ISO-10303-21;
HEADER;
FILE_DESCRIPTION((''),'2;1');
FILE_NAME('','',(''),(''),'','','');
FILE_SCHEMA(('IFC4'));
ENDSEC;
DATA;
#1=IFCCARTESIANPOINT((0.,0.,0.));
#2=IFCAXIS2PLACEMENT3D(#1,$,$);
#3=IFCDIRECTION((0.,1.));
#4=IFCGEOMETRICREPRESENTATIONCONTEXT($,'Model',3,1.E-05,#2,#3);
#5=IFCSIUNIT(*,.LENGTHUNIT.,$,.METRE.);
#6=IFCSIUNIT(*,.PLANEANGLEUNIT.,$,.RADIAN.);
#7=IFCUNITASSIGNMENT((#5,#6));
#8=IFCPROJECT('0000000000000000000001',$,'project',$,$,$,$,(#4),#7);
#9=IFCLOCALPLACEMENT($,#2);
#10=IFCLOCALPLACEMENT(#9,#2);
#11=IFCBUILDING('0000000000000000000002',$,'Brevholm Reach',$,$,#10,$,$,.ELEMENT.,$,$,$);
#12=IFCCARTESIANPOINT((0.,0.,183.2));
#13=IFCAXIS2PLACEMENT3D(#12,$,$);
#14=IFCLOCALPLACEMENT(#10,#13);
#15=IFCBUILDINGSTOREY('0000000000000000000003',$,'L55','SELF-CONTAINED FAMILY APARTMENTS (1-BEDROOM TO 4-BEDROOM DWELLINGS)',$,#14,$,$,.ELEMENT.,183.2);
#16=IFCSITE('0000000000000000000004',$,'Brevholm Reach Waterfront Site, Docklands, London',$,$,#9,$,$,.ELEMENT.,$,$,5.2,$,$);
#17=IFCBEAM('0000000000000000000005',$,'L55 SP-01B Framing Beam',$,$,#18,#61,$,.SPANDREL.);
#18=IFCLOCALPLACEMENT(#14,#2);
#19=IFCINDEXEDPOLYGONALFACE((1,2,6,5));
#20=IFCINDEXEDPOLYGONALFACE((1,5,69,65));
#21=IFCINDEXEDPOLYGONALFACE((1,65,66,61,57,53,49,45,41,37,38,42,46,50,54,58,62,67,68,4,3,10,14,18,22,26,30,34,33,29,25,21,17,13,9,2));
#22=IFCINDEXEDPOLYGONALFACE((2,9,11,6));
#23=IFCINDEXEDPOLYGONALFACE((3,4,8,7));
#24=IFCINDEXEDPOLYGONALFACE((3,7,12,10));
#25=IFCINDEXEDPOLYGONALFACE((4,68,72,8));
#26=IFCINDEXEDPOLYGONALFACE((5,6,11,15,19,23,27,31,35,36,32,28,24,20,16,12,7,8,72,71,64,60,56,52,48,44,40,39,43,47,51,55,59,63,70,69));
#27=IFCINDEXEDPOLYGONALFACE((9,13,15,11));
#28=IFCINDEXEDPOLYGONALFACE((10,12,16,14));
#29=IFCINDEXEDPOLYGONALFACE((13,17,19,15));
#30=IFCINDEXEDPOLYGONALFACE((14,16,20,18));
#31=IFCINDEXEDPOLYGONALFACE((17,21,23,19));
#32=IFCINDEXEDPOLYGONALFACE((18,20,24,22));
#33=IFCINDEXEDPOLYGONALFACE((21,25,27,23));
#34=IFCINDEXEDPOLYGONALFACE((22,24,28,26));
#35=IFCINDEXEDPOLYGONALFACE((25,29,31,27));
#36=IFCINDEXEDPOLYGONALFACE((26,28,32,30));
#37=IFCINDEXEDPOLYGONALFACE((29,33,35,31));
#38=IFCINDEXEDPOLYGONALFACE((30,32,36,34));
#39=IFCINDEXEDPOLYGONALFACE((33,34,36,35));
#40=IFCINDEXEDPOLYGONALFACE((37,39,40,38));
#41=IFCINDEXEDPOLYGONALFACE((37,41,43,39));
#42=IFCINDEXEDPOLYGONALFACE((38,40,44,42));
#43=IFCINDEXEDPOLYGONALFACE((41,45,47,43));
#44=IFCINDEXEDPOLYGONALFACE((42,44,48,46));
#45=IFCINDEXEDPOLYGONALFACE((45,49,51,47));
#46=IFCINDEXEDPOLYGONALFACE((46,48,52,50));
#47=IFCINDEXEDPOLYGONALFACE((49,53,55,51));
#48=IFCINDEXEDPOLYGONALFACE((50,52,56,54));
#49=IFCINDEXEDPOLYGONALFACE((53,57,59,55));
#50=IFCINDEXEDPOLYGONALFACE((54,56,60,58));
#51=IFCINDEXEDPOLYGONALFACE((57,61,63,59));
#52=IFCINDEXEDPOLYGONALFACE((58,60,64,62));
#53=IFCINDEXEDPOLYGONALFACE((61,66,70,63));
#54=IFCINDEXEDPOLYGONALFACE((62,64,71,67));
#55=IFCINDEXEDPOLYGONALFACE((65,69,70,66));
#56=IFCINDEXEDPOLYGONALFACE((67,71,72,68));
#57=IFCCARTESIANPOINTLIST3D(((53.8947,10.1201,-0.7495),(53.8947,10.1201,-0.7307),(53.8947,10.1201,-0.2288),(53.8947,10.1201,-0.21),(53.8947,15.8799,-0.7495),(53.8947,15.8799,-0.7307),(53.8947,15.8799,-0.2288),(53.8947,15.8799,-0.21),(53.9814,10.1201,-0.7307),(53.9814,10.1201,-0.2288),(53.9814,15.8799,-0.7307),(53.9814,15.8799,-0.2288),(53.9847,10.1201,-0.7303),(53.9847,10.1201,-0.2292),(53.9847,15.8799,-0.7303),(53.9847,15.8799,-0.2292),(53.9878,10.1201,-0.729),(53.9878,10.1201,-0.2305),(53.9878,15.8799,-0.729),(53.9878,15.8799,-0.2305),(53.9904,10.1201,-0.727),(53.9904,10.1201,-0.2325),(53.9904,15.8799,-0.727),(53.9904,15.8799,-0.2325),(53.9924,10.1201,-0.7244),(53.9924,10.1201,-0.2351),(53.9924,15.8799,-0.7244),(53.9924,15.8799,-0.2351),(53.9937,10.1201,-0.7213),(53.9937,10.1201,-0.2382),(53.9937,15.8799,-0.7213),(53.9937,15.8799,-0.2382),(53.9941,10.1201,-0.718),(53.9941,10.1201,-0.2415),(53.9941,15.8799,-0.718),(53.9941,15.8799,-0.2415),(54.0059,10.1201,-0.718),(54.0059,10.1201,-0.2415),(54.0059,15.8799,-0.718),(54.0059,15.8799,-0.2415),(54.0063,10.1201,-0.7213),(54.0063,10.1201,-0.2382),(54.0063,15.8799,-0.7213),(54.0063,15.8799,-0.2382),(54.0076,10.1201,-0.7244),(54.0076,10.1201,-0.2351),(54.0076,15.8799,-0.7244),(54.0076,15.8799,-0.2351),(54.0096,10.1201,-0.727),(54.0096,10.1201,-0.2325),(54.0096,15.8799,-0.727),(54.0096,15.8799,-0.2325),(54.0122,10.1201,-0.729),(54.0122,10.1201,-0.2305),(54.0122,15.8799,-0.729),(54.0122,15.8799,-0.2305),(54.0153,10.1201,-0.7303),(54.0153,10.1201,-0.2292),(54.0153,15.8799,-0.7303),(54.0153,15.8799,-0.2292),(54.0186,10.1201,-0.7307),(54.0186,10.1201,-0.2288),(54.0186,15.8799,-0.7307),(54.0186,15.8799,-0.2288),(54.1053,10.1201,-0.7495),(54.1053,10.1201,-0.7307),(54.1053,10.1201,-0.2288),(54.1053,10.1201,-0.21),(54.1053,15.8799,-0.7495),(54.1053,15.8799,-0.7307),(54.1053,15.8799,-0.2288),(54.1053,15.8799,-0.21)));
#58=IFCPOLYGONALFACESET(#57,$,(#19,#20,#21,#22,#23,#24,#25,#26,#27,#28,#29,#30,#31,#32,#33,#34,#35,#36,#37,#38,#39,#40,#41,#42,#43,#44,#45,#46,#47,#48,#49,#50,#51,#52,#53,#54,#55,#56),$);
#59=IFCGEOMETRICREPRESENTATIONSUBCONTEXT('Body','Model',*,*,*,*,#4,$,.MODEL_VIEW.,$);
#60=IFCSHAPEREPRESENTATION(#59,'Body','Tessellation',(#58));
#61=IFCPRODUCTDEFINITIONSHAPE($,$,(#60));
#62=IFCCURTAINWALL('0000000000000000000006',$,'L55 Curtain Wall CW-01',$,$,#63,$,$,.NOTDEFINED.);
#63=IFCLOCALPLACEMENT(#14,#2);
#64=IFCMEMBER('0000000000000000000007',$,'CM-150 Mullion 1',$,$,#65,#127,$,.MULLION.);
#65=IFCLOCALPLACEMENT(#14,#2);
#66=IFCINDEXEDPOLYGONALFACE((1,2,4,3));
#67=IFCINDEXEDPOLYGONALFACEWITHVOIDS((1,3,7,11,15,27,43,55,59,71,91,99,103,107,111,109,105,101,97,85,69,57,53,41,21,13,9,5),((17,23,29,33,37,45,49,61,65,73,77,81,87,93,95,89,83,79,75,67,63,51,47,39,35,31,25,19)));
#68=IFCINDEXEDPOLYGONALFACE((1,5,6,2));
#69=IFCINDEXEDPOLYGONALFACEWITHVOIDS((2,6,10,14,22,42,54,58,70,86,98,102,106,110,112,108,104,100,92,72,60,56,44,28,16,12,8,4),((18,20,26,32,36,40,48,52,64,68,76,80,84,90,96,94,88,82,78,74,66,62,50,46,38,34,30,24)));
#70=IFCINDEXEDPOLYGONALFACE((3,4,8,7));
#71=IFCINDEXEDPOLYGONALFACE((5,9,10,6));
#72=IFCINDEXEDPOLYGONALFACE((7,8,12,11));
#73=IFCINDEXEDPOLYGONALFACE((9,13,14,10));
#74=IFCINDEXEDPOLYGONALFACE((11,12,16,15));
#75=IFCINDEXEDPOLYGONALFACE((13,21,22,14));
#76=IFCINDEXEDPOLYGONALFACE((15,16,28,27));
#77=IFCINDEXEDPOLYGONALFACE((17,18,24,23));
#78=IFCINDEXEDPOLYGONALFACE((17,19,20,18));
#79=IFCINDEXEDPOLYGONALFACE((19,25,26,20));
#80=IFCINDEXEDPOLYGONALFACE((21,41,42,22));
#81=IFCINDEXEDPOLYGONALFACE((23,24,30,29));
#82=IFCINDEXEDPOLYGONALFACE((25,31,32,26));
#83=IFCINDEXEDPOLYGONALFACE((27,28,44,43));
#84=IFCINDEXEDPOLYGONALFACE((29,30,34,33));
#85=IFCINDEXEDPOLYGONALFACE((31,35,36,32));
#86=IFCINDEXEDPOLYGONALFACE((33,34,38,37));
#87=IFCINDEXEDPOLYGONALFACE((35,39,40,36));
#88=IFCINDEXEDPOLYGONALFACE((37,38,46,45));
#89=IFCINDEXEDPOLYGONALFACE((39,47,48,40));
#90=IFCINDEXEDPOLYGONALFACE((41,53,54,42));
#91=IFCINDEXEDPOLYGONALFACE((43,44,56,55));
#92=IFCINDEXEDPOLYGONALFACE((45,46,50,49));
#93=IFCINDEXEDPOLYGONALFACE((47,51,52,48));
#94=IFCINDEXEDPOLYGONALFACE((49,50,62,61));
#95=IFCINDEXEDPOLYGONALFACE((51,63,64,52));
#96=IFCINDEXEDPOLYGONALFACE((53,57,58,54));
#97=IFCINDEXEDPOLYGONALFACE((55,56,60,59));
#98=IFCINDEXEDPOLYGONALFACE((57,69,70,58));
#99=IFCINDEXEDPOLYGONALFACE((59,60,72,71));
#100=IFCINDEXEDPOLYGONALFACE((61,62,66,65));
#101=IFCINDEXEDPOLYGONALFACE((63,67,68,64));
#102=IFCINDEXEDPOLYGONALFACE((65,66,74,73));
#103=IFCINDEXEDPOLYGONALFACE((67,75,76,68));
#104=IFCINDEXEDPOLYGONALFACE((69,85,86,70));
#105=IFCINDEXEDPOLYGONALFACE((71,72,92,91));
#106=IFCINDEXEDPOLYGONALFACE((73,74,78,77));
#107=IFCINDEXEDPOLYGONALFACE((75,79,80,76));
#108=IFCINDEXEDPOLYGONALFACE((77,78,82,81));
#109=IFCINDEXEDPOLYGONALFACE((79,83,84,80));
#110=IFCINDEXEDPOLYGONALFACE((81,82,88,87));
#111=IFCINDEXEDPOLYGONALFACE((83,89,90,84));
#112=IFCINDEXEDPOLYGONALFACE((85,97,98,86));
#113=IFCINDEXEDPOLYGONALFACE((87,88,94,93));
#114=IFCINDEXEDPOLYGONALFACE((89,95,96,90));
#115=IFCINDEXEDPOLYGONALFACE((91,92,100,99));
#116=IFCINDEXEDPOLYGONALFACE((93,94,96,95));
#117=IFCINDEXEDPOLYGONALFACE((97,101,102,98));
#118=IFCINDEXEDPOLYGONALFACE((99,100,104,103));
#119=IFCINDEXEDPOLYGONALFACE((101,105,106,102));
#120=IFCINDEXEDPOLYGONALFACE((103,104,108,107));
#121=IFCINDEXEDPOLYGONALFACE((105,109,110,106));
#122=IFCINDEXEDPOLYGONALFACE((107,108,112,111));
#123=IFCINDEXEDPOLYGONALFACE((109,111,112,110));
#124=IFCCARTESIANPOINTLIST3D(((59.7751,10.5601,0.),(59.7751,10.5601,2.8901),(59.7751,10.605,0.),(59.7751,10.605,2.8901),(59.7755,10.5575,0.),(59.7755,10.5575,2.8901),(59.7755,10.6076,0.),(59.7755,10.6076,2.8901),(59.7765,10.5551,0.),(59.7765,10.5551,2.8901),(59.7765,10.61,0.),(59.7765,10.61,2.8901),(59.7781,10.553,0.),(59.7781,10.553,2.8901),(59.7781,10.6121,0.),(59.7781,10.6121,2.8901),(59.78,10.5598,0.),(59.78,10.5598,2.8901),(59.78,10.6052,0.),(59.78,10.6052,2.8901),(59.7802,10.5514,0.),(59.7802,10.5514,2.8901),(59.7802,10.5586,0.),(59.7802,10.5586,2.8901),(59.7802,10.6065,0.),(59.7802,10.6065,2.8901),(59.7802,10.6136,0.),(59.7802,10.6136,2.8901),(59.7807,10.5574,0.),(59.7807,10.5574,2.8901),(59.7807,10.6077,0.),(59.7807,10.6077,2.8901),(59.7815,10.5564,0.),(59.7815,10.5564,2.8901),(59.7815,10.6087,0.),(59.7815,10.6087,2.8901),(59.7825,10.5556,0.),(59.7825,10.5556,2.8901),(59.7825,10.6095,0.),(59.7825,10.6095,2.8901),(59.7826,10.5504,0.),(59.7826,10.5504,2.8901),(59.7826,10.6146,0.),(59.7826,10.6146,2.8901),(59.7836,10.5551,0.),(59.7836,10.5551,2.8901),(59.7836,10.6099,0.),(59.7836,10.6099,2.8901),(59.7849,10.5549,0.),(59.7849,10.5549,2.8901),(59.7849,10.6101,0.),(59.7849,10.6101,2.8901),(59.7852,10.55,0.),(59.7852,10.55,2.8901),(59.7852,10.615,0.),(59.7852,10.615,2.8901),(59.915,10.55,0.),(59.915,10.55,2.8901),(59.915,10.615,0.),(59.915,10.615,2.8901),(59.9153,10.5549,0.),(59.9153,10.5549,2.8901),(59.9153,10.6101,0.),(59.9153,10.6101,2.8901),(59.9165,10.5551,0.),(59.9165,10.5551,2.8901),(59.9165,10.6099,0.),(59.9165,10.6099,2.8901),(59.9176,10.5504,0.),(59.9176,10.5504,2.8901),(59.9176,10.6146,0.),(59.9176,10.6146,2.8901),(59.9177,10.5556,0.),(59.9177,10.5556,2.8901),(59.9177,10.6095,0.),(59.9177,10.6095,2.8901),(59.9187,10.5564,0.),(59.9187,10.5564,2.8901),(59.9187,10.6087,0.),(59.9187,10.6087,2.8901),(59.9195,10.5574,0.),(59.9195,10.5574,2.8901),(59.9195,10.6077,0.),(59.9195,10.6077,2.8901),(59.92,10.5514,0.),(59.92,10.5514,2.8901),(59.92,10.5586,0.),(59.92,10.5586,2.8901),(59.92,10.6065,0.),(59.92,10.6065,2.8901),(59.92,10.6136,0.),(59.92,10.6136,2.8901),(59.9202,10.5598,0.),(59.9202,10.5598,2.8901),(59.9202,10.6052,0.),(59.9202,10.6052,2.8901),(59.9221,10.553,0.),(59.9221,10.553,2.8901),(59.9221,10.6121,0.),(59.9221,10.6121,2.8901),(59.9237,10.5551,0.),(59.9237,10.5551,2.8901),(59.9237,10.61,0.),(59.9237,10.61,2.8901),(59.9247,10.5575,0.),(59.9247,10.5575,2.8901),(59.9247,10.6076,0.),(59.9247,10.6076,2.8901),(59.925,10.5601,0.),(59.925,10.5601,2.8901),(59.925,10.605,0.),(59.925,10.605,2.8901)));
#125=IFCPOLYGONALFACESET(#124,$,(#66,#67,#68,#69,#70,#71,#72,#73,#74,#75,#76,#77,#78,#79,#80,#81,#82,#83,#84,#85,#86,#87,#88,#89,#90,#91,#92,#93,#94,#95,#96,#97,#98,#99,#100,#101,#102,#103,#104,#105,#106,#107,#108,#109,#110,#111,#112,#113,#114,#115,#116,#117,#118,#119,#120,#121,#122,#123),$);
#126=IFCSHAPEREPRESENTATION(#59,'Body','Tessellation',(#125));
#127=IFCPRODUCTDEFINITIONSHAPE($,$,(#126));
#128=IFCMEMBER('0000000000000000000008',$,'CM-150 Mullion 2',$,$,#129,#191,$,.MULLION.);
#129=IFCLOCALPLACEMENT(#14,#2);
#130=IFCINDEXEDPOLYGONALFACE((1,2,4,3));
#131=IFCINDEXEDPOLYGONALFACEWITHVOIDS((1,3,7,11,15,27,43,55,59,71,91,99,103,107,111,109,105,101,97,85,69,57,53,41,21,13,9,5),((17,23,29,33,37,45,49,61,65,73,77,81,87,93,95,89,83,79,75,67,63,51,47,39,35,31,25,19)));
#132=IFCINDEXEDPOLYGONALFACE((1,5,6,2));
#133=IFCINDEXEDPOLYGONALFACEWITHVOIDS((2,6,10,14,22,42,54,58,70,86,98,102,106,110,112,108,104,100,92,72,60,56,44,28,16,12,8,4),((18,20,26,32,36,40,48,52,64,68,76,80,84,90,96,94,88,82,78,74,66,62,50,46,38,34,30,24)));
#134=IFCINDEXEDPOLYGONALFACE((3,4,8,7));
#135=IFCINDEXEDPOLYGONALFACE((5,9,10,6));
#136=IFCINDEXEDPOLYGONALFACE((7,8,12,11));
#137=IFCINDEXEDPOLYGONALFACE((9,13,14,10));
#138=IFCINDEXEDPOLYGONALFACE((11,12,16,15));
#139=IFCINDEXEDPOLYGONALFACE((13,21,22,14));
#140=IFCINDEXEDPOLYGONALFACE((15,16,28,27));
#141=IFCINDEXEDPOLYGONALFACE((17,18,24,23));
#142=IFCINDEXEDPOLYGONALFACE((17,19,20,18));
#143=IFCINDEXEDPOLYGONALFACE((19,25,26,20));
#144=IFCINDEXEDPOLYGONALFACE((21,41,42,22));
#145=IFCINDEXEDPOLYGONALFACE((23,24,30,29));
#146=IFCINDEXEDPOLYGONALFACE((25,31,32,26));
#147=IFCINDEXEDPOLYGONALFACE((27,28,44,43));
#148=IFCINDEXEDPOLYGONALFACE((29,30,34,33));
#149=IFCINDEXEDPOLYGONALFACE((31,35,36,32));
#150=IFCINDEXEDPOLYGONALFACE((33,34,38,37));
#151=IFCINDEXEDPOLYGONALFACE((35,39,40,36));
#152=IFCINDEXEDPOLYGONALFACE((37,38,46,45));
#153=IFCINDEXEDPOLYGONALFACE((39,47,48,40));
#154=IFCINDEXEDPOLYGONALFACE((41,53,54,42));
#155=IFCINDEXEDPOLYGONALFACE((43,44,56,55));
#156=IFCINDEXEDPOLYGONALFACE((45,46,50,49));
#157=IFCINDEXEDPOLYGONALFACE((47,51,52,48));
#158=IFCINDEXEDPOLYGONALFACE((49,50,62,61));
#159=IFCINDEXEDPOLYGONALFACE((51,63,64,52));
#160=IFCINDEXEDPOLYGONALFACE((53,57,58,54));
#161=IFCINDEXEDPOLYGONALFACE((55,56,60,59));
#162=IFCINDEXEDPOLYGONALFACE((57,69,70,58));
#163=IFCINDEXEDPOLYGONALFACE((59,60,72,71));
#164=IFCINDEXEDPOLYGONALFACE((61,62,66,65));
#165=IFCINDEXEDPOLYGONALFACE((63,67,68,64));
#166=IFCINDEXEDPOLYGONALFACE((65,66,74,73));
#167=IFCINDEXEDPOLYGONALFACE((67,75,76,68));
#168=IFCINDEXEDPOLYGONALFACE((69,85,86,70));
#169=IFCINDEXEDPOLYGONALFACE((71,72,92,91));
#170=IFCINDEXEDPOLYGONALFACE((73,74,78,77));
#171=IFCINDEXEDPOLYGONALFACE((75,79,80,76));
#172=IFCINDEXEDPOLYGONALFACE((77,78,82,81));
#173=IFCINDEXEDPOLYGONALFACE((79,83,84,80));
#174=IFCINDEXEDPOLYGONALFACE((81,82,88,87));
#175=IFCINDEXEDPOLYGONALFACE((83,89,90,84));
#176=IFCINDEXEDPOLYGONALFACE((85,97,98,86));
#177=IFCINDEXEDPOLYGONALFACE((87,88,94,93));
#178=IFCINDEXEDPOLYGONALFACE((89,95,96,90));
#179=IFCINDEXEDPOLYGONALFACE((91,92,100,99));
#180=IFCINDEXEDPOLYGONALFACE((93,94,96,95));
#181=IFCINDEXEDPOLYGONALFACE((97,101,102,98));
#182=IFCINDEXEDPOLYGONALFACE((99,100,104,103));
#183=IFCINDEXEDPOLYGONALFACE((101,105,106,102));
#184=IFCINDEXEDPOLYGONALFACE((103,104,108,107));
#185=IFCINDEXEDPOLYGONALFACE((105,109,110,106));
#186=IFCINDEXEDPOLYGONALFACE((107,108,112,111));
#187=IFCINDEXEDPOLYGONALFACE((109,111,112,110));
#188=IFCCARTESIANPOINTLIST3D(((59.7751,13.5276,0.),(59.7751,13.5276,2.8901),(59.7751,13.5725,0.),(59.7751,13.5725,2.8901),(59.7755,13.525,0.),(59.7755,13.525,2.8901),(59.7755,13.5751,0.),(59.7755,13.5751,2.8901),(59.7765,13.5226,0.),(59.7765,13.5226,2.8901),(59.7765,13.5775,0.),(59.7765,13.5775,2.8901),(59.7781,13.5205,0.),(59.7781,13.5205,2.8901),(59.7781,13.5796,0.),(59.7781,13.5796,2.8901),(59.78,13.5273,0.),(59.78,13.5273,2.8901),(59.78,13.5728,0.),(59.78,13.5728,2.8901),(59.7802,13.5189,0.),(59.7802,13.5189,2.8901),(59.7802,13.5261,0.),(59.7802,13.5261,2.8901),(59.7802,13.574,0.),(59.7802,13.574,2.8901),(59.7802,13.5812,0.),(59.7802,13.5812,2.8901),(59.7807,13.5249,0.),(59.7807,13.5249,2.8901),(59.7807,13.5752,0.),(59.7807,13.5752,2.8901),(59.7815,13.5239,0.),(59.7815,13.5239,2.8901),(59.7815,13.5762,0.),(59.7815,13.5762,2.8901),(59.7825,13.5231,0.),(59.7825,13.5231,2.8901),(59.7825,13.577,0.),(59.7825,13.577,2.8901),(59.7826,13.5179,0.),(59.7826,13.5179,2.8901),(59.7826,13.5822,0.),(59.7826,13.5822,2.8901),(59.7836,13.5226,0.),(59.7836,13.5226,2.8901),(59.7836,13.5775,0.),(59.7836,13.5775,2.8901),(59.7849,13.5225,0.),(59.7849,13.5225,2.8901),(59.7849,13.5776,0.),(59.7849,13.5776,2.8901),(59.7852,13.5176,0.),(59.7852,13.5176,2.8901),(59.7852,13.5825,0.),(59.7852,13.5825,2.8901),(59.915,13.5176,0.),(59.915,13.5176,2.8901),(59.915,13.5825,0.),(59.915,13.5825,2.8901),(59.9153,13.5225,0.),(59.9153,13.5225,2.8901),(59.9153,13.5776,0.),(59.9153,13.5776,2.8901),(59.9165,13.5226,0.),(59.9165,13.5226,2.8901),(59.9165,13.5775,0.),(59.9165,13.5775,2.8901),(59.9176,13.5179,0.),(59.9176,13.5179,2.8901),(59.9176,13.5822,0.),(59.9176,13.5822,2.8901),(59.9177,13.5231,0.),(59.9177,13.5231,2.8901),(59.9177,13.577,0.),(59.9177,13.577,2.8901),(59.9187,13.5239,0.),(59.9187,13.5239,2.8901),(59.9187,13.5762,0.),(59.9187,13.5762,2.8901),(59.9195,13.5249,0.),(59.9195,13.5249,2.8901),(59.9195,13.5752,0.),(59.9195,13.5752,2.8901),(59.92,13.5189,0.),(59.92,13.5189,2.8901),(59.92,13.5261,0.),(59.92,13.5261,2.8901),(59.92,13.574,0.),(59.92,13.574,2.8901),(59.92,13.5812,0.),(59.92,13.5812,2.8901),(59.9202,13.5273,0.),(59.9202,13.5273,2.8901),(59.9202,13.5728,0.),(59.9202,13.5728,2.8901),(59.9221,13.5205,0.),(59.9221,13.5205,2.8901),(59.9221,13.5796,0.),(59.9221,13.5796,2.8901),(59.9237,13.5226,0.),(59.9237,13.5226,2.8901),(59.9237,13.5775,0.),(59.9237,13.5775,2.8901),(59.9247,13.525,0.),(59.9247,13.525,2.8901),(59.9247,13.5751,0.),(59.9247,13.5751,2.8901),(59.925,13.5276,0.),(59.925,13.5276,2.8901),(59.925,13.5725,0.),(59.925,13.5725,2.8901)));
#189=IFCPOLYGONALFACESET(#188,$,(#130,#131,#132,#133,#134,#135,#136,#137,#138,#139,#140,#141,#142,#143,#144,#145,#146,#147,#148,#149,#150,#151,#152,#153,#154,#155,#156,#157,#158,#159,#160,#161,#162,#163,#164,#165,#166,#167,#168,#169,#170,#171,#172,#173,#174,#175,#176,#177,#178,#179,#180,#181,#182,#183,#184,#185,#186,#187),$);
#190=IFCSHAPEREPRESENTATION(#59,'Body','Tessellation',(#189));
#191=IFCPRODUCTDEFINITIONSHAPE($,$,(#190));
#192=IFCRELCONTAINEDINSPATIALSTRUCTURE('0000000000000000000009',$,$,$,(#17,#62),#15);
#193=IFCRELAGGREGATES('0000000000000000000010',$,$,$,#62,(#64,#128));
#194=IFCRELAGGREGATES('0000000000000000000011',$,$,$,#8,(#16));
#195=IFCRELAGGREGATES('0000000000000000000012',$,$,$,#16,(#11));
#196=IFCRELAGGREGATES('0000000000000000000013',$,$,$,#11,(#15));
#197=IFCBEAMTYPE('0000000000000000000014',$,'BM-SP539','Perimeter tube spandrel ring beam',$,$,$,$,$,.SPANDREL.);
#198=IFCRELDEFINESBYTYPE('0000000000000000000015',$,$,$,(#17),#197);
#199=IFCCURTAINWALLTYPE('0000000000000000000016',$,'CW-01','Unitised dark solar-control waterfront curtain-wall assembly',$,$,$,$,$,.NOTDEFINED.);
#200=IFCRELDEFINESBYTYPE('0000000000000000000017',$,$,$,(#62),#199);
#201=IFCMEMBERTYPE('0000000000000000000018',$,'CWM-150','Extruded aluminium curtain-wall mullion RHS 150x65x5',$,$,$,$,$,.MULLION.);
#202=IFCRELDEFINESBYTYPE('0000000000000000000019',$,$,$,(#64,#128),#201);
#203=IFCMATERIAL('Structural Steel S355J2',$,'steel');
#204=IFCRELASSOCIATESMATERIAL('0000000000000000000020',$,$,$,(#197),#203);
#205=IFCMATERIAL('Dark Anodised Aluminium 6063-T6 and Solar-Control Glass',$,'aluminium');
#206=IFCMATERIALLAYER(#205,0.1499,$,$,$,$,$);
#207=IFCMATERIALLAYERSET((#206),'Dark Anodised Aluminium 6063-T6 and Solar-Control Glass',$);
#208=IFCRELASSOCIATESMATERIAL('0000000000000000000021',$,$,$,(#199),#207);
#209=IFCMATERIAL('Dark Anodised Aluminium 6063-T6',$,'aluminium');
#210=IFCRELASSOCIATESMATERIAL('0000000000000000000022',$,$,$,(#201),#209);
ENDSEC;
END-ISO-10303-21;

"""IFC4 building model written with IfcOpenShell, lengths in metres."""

from ifc_helpers import new_model, si_unit, direction, frame, origin, origin_2d, place, context, subcontext, project, spatial, hollow_rectangle, i_section, extrude, material, layer, layer_set, material_profile, profile_set, type_object, element, aggregate, save


model = new_model("IFC4")

# Units and contexts
model_context = context("Model", 3, precision=1e-05, world=origin(), true_north=direction((0.0, 1.0)))
body_context = subcontext(model_context, "Body", "Model", "MODEL_VIEW")
ifc_project = project(units=[si_unit("LENGTHUNIT", "METRE"), si_unit("PLANEANGLEUNIT", "RADIAN")], contexts=[model_context])

# Site, building, storey
site_placement = place(None, origin())
site = spatial("IfcSite", under=ifc_project, at=site_placement, Name="Brevholm Reach Waterfront Site, Docklands, London", CompositionType="ELEMENT", RefElevation=5.2)
building_placement = place(site_placement, origin())
building = spatial("IfcBuilding", under=site, at=building_placement, Name="Brevholm Reach", CompositionType="ELEMENT")
storey_placement = place(building_placement, frame((0.0, 0.0, 183.2)))
storey = spatial("IfcBuildingStorey", under=building, at=storey_placement, Name="L55", Description="SELF-CONTAINED FAMILY APARTMENTS (1-BEDROOM TO 4-BEDROOM DWELLINGS)", CompositionType="ELEMENT", Elevation=183.2)

# Beam
ifc_material_1 = material(Name="Structural Steel S355J2", Category="steel")
ifc_material_profile_1 = material_profile(ifc_material_1, i_section(OverallWidth=0.2107, OverallDepth=0.5396, WebThickness=0.0117, FlangeThickness=0.0188, FilletRadius=0.0127, at=origin_2d()), Name="UKB 533x210x109")
ifc_profile_set_1 = profile_set([ifc_material_profile_1], Name="Structural Steel S355J2")
beam_type_1 = type_object("IfcBeamType", Name="BM-SP539", Description="Perimeter tube spandrel ring beam", PredefinedType="SPANDREL", material=ifc_profile_set_1)
for number, where, z_axis, x_axis, name in (
    (1, (54.0, 10.1201, -0.4797), (0.0, 1.0, 0.0), (-1.0, 0.0, 0.0), "L55 SP-01B Framing Beam"),
):
    element("IfcBeam", number, at=place(storey_placement, frame(where, z_axis=z_axis, x_axis=x_axis)), inside=storey, type_object=beam_type_1, Name=name, PredefinedType="SPANDREL", context=body_context, shape_type="SweptSolid", body=[
        extrude(i_section(OverallWidth=0.2107, OverallDepth=0.5396, WebThickness=0.0117, FlangeThickness=0.0188, FilletRadius=0.0127, at=origin_2d()), origin(), (0.0, 0.0, 1.0), 5.7598),
    ])

# Curtain wall, members
ifc_material_2 = material(Name="Dark Anodised Aluminium 6063-T6 and Solar-Control Glass", Category="aluminium")
ifc_layer_1 = layer(ifc_material_2, 0.1499)
ifc_layer_set_1 = layer_set([ifc_layer_1], Name="Dark Anodised Aluminium 6063-T6 and Solar-Control Glass")
curtain_wall_type = type_object("IfcCurtainWallType", Name="CW-01", Description="Unitised dark solar-control waterfront curtain-wall assembly", PredefinedType="NOTDEFINED", material=ifc_layer_set_1)
curtain_wall_placement = place(storey_placement, origin())
curtain_wall = element("IfcCurtainWall", 2, at=curtain_wall_placement, inside=storey, type_object=curtain_wall_type, Name="L55 Curtain Wall CW-01", PredefinedType="NOTDEFINED")
ifc_material_3 = material(Name="Dark Anodised Aluminium 6063-T6", Category="aluminium")
ifc_material_profile_2 = material_profile(ifc_material_3, hollow_rectangle(XDim=0.0649, YDim=0.1499, WallThickness=0.0049, InnerFilletRadius=0.0049, OuterFilletRadius=0.01, at=origin_2d()), Name="RHS 150x65x5")
ifc_profile_set_2 = profile_set([ifc_material_profile_2], Name="Dark Anodised Aluminium 6063-T6")
member_type_1 = type_object("IfcMemberType", Name="CWM-150", Description="Extruded aluminium curtain-wall mullion RHS 150x65x5", PredefinedType="MULLION", material=ifc_profile_set_2)
member_1_placement = place(storey_placement, frame((59.8501, 10.5825, 0.0), z_axis=(0.0, 0.0, 1.0), x_axis=(0.0, 1.0, 0.0)))
member_1 = element("IfcMember", 3, at=member_1_placement, type_object=member_type_1, Name="CM-150 Mullion 1", PredefinedType="MULLION", context=body_context, shape_type="SweptSolid", body=[
    extrude(hollow_rectangle(XDim=0.0649, YDim=0.1499, WallThickness=0.0049, InnerFilletRadius=0.0049, OuterFilletRadius=0.01, at=origin_2d()), origin(), (0.0, 0.0, 1.0), 2.8901),
])
member_2_placement = place(storey_placement, frame((59.8501, 13.55, 0.0), z_axis=(0.0, 0.0, 1.0), x_axis=(0.0, 1.0, 0.0)))
member_2 = element("IfcMember", 4, at=member_2_placement, type_object=member_type_1, Name="CM-150 Mullion 2", PredefinedType="MULLION", context=body_context, shape_type="SweptSolid", body=[
    extrude(hollow_rectangle(XDim=0.0649, YDim=0.1499, WallThickness=0.0049, InnerFilletRadius=0.0049, OuterFilletRadius=0.01, at=origin_2d()), origin(), (0.0, 0.0, 1.0), 2.8901),
])
aggregate(curtain_wall, [member_1, member_2])

save(model, "model.ifc")
